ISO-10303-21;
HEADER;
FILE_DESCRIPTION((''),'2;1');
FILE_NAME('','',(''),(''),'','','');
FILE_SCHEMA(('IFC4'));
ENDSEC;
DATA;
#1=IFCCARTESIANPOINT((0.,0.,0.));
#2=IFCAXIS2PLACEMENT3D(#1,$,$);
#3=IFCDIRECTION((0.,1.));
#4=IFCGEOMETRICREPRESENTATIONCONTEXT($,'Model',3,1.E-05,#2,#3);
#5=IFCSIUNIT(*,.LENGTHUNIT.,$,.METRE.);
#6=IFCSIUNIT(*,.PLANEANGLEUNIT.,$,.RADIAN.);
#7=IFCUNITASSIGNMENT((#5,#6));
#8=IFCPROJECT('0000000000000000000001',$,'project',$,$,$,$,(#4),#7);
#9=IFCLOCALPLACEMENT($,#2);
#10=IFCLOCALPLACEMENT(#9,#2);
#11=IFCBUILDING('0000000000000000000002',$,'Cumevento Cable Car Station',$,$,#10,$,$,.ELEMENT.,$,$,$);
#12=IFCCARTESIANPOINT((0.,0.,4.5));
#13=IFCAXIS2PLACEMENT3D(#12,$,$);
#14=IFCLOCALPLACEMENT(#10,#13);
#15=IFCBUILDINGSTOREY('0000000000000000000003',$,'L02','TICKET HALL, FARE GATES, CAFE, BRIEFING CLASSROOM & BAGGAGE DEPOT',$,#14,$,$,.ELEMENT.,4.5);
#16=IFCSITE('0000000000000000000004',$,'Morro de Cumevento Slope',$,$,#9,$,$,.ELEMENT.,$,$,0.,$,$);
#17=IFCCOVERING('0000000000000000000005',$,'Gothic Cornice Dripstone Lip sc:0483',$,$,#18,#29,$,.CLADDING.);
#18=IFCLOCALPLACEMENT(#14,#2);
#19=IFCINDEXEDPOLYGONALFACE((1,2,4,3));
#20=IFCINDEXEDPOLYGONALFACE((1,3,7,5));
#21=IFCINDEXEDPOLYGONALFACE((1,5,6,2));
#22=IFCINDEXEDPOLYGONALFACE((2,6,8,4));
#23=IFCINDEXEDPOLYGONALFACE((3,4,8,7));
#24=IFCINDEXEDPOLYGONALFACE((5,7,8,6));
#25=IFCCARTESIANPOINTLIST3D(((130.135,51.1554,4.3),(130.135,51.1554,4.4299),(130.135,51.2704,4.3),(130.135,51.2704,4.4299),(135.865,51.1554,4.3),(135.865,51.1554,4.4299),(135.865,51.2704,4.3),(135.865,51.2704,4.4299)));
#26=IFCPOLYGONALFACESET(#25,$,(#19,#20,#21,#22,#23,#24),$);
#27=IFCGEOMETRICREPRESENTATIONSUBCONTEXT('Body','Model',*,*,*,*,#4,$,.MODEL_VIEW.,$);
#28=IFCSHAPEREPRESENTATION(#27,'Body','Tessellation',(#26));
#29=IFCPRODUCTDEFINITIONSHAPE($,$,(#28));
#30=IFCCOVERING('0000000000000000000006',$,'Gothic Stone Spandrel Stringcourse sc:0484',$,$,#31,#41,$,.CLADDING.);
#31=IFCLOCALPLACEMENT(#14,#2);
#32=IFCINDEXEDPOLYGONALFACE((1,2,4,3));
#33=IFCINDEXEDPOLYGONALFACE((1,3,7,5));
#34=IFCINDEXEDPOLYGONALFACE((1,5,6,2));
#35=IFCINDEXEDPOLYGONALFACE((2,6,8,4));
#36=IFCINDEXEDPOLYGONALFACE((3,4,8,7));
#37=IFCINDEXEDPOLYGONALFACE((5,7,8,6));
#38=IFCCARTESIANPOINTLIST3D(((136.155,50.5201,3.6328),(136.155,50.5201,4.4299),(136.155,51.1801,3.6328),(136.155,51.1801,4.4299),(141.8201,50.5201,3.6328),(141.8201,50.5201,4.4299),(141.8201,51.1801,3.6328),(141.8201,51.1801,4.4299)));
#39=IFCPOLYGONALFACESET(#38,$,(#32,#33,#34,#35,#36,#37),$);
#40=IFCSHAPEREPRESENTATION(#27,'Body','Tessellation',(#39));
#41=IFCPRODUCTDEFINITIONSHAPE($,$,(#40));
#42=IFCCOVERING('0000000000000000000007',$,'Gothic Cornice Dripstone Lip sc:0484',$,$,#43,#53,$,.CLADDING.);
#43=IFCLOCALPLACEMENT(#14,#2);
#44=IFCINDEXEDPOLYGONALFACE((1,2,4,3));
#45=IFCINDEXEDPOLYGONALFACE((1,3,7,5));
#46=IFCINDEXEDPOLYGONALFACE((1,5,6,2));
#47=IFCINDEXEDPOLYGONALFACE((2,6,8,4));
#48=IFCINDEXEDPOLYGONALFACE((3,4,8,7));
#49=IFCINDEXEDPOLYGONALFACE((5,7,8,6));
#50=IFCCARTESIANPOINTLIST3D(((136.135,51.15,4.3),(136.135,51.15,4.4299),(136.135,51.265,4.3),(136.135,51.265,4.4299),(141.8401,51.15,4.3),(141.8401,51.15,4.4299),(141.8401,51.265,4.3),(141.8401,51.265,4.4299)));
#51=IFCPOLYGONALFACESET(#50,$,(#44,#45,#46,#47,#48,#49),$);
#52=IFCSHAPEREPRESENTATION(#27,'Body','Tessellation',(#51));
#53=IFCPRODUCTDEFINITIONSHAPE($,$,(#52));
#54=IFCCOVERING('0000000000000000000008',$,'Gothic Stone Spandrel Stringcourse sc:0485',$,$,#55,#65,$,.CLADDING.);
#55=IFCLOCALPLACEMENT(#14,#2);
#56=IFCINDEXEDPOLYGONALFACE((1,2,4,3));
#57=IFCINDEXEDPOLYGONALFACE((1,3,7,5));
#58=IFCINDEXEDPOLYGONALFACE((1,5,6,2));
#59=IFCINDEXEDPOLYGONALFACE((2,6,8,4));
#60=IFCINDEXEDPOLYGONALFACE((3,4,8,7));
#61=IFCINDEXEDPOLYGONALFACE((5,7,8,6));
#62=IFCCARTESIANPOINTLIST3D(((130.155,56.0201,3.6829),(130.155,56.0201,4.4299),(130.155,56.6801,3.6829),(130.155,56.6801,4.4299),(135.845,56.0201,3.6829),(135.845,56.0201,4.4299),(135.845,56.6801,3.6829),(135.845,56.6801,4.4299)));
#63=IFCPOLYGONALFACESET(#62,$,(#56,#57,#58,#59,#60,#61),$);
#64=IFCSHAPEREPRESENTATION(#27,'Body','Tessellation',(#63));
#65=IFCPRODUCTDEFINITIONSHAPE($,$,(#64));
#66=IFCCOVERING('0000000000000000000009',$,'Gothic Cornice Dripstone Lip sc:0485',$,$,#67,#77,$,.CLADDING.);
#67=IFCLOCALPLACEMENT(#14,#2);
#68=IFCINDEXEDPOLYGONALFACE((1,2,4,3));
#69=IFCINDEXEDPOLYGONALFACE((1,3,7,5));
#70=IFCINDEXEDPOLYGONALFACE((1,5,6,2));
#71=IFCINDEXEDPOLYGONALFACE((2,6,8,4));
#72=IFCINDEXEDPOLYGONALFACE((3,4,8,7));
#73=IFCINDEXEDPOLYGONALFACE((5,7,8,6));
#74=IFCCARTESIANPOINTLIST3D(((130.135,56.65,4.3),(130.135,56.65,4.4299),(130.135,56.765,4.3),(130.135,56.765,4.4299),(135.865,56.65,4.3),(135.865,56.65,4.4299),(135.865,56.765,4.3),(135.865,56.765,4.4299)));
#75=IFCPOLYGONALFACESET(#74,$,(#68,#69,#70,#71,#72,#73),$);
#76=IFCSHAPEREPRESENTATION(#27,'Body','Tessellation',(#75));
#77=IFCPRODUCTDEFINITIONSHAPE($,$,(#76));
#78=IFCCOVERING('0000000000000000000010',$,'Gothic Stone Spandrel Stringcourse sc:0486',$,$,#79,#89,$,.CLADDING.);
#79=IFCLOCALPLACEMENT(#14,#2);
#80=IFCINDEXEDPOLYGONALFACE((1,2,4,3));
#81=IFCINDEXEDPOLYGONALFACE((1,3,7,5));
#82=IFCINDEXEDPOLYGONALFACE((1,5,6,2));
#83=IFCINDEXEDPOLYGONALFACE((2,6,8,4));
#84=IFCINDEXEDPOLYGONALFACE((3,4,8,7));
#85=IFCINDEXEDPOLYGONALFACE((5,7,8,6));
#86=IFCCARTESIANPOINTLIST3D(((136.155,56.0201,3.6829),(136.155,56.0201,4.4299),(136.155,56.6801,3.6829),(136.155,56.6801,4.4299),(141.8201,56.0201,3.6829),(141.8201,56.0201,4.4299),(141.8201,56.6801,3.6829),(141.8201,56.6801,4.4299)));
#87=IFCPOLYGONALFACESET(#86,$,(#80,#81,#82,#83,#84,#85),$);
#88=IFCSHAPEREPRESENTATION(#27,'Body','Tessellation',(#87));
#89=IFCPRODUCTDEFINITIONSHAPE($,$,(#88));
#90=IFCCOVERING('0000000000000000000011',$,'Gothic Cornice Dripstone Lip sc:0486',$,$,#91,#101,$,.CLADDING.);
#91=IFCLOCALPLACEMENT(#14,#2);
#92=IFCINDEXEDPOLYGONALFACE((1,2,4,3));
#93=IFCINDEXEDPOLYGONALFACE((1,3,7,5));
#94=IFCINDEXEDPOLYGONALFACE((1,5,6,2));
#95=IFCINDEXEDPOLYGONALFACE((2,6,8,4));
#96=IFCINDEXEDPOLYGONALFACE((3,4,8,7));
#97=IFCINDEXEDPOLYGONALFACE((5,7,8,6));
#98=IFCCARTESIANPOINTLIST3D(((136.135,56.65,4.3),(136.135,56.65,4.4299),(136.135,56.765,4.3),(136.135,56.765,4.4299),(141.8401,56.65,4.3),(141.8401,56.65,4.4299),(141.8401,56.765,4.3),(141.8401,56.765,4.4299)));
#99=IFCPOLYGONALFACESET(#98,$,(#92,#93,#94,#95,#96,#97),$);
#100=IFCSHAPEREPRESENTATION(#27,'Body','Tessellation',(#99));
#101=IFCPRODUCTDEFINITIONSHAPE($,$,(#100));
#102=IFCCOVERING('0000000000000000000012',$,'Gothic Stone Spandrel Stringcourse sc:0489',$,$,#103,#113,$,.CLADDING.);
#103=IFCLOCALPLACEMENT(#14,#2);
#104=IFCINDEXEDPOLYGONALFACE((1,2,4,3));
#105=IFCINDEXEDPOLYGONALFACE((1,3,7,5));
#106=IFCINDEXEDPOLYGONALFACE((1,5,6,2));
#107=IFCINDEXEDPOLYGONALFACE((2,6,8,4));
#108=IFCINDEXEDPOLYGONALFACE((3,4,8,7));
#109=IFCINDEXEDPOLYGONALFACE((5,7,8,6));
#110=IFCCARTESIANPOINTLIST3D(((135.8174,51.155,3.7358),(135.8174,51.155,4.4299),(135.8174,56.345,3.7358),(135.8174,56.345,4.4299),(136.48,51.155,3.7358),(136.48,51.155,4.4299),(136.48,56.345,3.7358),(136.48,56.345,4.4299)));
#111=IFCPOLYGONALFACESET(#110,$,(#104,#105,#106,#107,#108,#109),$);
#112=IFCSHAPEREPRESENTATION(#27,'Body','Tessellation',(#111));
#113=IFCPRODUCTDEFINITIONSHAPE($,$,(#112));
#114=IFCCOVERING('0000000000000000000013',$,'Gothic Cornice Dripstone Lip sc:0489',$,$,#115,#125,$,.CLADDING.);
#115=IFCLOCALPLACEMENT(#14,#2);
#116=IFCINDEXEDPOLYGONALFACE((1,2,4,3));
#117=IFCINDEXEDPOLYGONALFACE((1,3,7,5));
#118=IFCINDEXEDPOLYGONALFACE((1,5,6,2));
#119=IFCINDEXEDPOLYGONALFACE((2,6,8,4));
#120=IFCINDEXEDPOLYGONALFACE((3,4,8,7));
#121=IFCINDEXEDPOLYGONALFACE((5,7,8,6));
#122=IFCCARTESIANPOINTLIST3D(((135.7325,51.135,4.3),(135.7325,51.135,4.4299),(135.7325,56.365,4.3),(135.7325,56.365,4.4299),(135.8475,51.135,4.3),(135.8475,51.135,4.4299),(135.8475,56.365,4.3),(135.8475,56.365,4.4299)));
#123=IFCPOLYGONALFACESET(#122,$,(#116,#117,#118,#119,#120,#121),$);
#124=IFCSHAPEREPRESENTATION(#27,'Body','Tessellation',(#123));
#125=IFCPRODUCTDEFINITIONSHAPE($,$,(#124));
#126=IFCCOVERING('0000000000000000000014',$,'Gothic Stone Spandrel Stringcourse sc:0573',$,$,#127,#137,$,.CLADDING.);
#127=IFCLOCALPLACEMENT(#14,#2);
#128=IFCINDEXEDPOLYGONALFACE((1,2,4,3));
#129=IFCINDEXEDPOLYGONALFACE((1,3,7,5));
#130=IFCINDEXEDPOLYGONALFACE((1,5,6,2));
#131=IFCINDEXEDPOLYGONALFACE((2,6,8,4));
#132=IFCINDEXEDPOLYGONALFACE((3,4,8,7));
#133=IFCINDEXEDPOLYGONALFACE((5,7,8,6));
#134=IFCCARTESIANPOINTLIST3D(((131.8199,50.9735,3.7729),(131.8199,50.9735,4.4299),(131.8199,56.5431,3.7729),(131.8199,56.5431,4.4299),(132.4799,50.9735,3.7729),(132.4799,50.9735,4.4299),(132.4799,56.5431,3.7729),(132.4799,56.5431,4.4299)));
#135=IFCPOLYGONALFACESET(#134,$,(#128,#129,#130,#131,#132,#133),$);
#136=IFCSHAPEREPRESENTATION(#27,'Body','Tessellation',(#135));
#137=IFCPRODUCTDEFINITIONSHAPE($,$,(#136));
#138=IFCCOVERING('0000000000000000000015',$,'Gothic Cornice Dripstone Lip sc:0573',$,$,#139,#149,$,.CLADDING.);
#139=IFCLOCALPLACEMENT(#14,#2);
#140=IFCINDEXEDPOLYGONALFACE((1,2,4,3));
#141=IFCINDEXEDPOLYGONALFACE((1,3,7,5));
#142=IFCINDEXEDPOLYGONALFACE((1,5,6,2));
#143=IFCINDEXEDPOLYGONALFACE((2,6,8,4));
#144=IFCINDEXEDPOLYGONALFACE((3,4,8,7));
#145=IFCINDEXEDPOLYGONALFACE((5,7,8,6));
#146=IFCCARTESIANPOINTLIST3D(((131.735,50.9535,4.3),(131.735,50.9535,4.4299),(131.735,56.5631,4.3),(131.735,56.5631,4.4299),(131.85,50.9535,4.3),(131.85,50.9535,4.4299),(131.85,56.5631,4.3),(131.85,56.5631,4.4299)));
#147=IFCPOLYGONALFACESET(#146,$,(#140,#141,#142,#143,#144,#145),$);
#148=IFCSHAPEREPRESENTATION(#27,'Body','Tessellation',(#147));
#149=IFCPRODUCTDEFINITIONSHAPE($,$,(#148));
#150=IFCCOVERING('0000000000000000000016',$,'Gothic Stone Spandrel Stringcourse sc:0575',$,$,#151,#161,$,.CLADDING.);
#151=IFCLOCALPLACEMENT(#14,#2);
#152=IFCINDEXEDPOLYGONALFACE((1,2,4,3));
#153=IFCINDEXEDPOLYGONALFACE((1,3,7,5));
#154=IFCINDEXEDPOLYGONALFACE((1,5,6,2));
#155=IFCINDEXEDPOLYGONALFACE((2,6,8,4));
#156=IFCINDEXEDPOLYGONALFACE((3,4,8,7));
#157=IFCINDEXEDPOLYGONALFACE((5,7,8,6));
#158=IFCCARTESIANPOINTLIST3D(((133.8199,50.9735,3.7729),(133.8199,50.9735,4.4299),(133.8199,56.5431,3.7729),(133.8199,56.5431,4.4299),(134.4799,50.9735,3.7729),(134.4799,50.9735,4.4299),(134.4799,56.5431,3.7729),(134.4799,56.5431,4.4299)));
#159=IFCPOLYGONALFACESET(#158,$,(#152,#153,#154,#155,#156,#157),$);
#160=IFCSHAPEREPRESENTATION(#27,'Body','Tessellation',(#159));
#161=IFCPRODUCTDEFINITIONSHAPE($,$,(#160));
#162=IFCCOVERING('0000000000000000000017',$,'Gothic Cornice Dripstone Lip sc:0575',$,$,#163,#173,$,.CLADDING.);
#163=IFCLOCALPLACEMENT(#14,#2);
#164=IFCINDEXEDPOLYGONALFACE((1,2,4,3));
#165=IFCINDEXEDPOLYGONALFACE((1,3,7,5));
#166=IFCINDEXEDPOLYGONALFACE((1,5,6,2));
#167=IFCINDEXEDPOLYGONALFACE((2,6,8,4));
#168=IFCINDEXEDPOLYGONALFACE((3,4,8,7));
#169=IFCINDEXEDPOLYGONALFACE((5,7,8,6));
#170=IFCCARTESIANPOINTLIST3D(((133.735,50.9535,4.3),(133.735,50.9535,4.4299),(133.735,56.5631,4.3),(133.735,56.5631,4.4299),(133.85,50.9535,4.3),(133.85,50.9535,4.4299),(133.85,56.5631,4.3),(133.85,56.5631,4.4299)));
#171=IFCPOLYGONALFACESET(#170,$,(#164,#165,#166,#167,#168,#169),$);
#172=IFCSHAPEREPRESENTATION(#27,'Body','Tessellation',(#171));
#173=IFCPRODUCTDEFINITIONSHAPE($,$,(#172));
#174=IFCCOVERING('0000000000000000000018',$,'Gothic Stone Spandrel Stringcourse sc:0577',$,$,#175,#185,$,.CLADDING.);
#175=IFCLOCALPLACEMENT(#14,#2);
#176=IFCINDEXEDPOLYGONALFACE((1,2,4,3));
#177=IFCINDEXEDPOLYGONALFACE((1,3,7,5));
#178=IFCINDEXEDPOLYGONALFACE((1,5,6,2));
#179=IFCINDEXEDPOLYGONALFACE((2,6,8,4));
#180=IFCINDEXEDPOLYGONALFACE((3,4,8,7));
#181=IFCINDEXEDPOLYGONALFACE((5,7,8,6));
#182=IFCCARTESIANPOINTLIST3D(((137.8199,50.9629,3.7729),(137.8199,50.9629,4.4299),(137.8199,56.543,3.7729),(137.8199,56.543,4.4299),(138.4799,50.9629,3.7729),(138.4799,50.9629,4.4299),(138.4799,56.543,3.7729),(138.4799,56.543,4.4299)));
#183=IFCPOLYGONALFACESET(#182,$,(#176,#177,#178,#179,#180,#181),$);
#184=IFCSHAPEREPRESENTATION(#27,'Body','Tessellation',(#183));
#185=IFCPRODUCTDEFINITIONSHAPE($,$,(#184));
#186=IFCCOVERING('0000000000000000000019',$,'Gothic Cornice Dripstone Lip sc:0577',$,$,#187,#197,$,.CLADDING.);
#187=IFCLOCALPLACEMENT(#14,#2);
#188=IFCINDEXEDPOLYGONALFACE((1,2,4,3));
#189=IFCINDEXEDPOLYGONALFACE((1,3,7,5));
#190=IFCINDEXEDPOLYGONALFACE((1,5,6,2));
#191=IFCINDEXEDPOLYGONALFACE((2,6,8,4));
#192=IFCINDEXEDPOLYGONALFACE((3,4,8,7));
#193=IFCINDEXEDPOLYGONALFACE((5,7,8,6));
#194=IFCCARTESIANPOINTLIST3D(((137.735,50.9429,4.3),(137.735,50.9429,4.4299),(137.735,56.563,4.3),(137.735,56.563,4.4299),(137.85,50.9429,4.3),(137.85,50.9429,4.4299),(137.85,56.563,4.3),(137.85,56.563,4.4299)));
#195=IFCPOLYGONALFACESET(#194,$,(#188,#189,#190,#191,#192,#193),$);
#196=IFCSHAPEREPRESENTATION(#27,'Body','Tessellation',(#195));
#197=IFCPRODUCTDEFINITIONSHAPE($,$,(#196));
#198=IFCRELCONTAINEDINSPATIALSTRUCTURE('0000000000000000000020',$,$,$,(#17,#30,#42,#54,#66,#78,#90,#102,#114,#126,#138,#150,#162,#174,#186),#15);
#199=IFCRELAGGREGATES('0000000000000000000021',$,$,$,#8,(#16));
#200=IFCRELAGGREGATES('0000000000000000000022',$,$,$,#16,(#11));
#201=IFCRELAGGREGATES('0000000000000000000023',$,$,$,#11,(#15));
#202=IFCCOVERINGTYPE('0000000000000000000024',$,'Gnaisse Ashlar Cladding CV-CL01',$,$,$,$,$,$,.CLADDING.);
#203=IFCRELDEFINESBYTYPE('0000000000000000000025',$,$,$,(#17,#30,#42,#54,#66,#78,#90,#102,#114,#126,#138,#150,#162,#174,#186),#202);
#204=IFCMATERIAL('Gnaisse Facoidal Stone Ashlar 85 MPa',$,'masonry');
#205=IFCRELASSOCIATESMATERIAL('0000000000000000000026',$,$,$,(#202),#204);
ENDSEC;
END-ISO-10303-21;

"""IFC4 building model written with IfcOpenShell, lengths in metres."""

from ifc_helpers import new_model, si_unit, direction, frame, origin, origin_2d, place, context, subcontext, project, spatial, rectangle, extrude, material, type_object, element, save


model = new_model("IFC4")

# Units and contexts
model_context = context("Model", 3, precision=1e-05, world=origin(), true_north=direction((0.0, 1.0)))
body_context = subcontext(model_context, "Body", "Model", "MODEL_VIEW")
ifc_project = project(units=[si_unit("LENGTHUNIT", "METRE"), si_unit("PLANEANGLEUNIT", "RADIAN")], contexts=[model_context])

# Site, building, storey
site_placement = place(None, origin())
site = spatial("IfcSite", under=ifc_project, at=site_placement, Name="Morro de Cumevento Slope", CompositionType="ELEMENT", RefElevation=0.0)
building_placement = place(site_placement, origin())
building = spatial("IfcBuilding", under=site, at=building_placement, Name="Cumevento Cable Car Station", CompositionType="ELEMENT")
storey_placement = place(building_placement, frame((0.0, 0.0, 4.5)))
storey = spatial("IfcBuildingStorey", under=building, at=storey_placement, Name="L02", Description="TICKET HALL, FARE GATES, CAFE, BRIEFING CLASSROOM & BAGGAGE DEPOT", CompositionType="ELEMENT", Elevation=4.5)

# Coverings
ifc_material_1 = material(Name="Gnaisse Facoidal Stone Ashlar 85 MPa", Category="masonry")
covering_type = type_object("IfcCoveringType", Name="Gnaisse Ashlar Cladding CV-CL01", PredefinedType="CLADDING", material=ifc_material_1)
covering_1_placement = place(storey_placement, frame((133.0, 51.2129, 4.3), z_axis=(0.0, 0.0, 1.0), x_axis=(1.0, 0.0, 0.0)))
element("IfcCovering", 1, at=covering_1_placement, inside=storey, type_object=covering_type, Name="Gothic Cornice Dripstone Lip sc:0483", PredefinedType="CLADDING", context=body_context, shape_type="SweptSolid", body=[
    extrude(rectangle(XDim=5.73, YDim=0.115, at=origin_2d()), origin(), (0.0, 0.0, 1.0), 0.1299),
])
covering_2_placement = place(storey_placement, frame((138.9875, 50.8501, 3.6328), z_axis=(0.0, 0.0, 1.0), x_axis=(1.0, 0.0, 0.0)))
element("IfcCovering", 2, at=covering_2_placement, inside=storey, type_object=covering_type, Name="Gothic Stone Spandrel Stringcourse sc:0484", PredefinedType="CLADDING", context=body_context, shape_type="SweptSolid", body=[
    extrude(rectangle(XDim=5.665, YDim=0.6599, at=origin_2d()), origin(), (0.0, 0.0, 1.0), 0.7971),
])
covering_3_placement = place(storey_placement, frame((138.9875, 51.2075, 4.3), z_axis=(0.0, 0.0, 1.0), x_axis=(1.0, 0.0, 0.0)))
element("IfcCovering", 3, at=covering_3_placement, inside=storey, type_object=covering_type, Name="Gothic Cornice Dripstone Lip sc:0484", PredefinedType="CLADDING", context=body_context, shape_type="SweptSolid", body=[
    extrude(rectangle(XDim=5.7051, YDim=0.115, at=origin_2d()), origin(), (0.0, 0.0, 1.0), 0.1299),
])
covering_4_placement = place(storey_placement, frame((133.0, 56.3501, 3.6829), z_axis=(0.0, 0.0, 1.0), x_axis=(1.0, 0.0, 0.0)))
element("IfcCovering", 4, at=covering_4_placement, inside=storey, type_object=covering_type, Name="Gothic Stone Spandrel Stringcourse sc:0485", PredefinedType="CLADDING", context=body_context, shape_type="SweptSolid", body=[
    extrude(rectangle(XDim=5.6899, YDim=0.6599, at=origin_2d()), origin(), (0.0, 0.0, 1.0), 0.7471),
])
covering_5_placement = place(storey_placement, frame((133.0, 56.7075, 4.3), z_axis=(0.0, 0.0, 1.0), x_axis=(1.0, 0.0, 0.0)))
element("IfcCovering", 5, at=covering_5_placement, inside=storey, type_object=covering_type, Name="Gothic Cornice Dripstone Lip sc:0485", PredefinedType="CLADDING", context=body_context, shape_type="SweptSolid", body=[
    extrude(rectangle(XDim=5.73, YDim=0.115, at=origin_2d()), origin(), (0.0, 0.0, 1.0), 0.1299),
])
covering_6_placement = place(storey_placement, frame((138.9875, 56.3501, 3.6829), z_axis=(0.0, 0.0, 1.0), x_axis=(1.0, 0.0, 0.0)))
element("IfcCovering", 6, at=covering_6_placement, inside=storey, type_object=covering_type, Name="Gothic Stone Spandrel Stringcourse sc:0486", PredefinedType="CLADDING", context=body_context, shape_type="SweptSolid", body=[
    extrude(rectangle(XDim=5.665, YDim=0.6599, at=origin_2d()), origin(), (0.0, 0.0, 1.0), 0.7471),
])
covering_7_placement = place(storey_placement, frame((138.9875, 56.7075, 4.3), z_axis=(0.0, 0.0, 1.0), x_axis=(1.0, 0.0, 0.0)))
element("IfcCovering", 7, at=covering_7_placement, inside=storey, type_object=covering_type, Name="Gothic Cornice Dripstone Lip sc:0486", PredefinedType="CLADDING", context=body_context, shape_type="SweptSolid", body=[
    extrude(rectangle(XDim=5.7051, YDim=0.115, at=origin_2d()), origin(), (0.0, 0.0, 1.0), 0.1299),
])
covering_8_placement = place(storey_placement, frame((136.1487, 53.75, 3.7358), z_axis=(0.0, 0.0, 1.0), x_axis=(0.0, 1.0, 0.0)))
element("IfcCovering", 8, at=covering_8_placement, inside=storey, type_object=covering_type, Name="Gothic Stone Spandrel Stringcourse sc:0489", PredefinedType="CLADDING", context=body_context, shape_type="SweptSolid", body=[
    extrude(rectangle(XDim=5.1899, YDim=0.6626, at=origin_2d()), origin(), (0.0, 0.0, 1.0), 0.6941),
])
covering_9_placement = place(storey_placement, frame((135.79, 53.75, 4.3), z_axis=(0.0, 0.0, 1.0), x_axis=(0.0, 1.0, 0.0)))
element("IfcCovering", 9, at=covering_9_placement, inside=storey, type_object=covering_type, Name="Gothic Cornice Dripstone Lip sc:0489", PredefinedType="CLADDING", context=body_context, shape_type="SweptSolid", body=[
    extrude(rectangle(XDim=5.23, YDim=0.115, at=origin_2d()), origin(), (0.0, 0.0, 1.0), 0.1299),
])
covering_10_placement = place(storey_placement, frame((132.1499, 53.7583, 3.7729), z_axis=(0.0, 0.0, 1.0), x_axis=(0.0, 1.0, 0.0)))
element("IfcCovering", 10, at=covering_10_placement, inside=storey, type_object=covering_type, Name="Gothic Stone Spandrel Stringcourse sc:0573", PredefinedType="CLADDING", context=body_context, shape_type="SweptSolid", body=[
    extrude(rectangle(XDim=5.5696, YDim=0.6599, at=origin_2d()), origin(), (0.0, 0.0, 1.0), 0.657),
])
covering_11_placement = place(storey_placement, frame((131.7925, 53.7583, 4.3), z_axis=(0.0, 0.0, 1.0), x_axis=(0.0, 1.0, 0.0)))
element("IfcCovering", 11, at=covering_11_placement, inside=storey, type_object=covering_type, Name="Gothic Cornice Dripstone Lip sc:0573", PredefinedType="CLADDING", context=body_context, shape_type="SweptSolid", body=[
    extrude(rectangle(XDim=5.6096, YDim=0.115, at=origin_2d()), origin(), (0.0, 0.0, 1.0), 0.1299),
])
covering_12_placement = place(storey_placement, frame((134.1499, 53.7583, 3.7729), z_axis=(0.0, 0.0, 1.0), x_axis=(0.0, 1.0, 0.0)))
element("IfcCovering", 12, at=covering_12_placement, inside=storey, type_object=covering_type, Name="Gothic Stone Spandrel Stringcourse sc:0575", PredefinedType="CLADDING", context=body_context, shape_type="SweptSolid", body=[
    extrude(rectangle(XDim=5.5696, YDim=0.6599, at=origin_2d()), origin(), (0.0, 0.0, 1.0), 0.657),
])
covering_13_placement = place(storey_placement, frame((133.7925, 53.7583, 4.3), z_axis=(0.0, 0.0, 1.0), x_axis=(0.0, 1.0, 0.0)))
element("IfcCovering", 13, at=covering_13_placement, inside=storey, type_object=covering_type, Name="Gothic Cornice Dripstone Lip sc:0575", PredefinedType="CLADDING", context=body_context, shape_type="SweptSolid", body=[
    extrude(rectangle(XDim=5.6096, YDim=0.115, at=origin_2d()), origin(), (0.0, 0.0, 1.0), 0.1299),
])
covering_14_placement = place(storey_placement, frame((138.1499, 53.7529, 3.7729), z_axis=(0.0, 0.0, 1.0), x_axis=(0.0, 1.0, 0.0)))
element("IfcCovering", 14, at=covering_14_placement, inside=storey, type_object=covering_type, Name="Gothic Stone Spandrel Stringcourse sc:0577", PredefinedType="CLADDING", context=body_context, shape_type="SweptSolid", body=[
    extrude(rectangle(XDim=5.5801, YDim=0.6599, at=origin_2d()), origin(), (0.0, 0.0, 1.0), 0.657),
])
for number, where, z_axis, x_axis, name in (
    (15, (137.7925, 53.7529, 4.3), (0.0, 0.0, 1.0), (0.0, 1.0, 0.0), "Gothic Cornice Dripstone Lip sc:0577"),
):
    element("IfcCovering", number, at=place(storey_placement, frame(where, z_axis=z_axis, x_axis=x_axis)), inside=storey, type_object=covering_type, Name=name, PredefinedType="CLADDING", context=body_context, shape_type="SweptSolid", body=[
        extrude(rectangle(XDim=5.6201, YDim=0.115, at=origin_2d()), origin(), (0.0, 0.0, 1.0), 0.1299),
    ])

save(model, "model.ifc")
